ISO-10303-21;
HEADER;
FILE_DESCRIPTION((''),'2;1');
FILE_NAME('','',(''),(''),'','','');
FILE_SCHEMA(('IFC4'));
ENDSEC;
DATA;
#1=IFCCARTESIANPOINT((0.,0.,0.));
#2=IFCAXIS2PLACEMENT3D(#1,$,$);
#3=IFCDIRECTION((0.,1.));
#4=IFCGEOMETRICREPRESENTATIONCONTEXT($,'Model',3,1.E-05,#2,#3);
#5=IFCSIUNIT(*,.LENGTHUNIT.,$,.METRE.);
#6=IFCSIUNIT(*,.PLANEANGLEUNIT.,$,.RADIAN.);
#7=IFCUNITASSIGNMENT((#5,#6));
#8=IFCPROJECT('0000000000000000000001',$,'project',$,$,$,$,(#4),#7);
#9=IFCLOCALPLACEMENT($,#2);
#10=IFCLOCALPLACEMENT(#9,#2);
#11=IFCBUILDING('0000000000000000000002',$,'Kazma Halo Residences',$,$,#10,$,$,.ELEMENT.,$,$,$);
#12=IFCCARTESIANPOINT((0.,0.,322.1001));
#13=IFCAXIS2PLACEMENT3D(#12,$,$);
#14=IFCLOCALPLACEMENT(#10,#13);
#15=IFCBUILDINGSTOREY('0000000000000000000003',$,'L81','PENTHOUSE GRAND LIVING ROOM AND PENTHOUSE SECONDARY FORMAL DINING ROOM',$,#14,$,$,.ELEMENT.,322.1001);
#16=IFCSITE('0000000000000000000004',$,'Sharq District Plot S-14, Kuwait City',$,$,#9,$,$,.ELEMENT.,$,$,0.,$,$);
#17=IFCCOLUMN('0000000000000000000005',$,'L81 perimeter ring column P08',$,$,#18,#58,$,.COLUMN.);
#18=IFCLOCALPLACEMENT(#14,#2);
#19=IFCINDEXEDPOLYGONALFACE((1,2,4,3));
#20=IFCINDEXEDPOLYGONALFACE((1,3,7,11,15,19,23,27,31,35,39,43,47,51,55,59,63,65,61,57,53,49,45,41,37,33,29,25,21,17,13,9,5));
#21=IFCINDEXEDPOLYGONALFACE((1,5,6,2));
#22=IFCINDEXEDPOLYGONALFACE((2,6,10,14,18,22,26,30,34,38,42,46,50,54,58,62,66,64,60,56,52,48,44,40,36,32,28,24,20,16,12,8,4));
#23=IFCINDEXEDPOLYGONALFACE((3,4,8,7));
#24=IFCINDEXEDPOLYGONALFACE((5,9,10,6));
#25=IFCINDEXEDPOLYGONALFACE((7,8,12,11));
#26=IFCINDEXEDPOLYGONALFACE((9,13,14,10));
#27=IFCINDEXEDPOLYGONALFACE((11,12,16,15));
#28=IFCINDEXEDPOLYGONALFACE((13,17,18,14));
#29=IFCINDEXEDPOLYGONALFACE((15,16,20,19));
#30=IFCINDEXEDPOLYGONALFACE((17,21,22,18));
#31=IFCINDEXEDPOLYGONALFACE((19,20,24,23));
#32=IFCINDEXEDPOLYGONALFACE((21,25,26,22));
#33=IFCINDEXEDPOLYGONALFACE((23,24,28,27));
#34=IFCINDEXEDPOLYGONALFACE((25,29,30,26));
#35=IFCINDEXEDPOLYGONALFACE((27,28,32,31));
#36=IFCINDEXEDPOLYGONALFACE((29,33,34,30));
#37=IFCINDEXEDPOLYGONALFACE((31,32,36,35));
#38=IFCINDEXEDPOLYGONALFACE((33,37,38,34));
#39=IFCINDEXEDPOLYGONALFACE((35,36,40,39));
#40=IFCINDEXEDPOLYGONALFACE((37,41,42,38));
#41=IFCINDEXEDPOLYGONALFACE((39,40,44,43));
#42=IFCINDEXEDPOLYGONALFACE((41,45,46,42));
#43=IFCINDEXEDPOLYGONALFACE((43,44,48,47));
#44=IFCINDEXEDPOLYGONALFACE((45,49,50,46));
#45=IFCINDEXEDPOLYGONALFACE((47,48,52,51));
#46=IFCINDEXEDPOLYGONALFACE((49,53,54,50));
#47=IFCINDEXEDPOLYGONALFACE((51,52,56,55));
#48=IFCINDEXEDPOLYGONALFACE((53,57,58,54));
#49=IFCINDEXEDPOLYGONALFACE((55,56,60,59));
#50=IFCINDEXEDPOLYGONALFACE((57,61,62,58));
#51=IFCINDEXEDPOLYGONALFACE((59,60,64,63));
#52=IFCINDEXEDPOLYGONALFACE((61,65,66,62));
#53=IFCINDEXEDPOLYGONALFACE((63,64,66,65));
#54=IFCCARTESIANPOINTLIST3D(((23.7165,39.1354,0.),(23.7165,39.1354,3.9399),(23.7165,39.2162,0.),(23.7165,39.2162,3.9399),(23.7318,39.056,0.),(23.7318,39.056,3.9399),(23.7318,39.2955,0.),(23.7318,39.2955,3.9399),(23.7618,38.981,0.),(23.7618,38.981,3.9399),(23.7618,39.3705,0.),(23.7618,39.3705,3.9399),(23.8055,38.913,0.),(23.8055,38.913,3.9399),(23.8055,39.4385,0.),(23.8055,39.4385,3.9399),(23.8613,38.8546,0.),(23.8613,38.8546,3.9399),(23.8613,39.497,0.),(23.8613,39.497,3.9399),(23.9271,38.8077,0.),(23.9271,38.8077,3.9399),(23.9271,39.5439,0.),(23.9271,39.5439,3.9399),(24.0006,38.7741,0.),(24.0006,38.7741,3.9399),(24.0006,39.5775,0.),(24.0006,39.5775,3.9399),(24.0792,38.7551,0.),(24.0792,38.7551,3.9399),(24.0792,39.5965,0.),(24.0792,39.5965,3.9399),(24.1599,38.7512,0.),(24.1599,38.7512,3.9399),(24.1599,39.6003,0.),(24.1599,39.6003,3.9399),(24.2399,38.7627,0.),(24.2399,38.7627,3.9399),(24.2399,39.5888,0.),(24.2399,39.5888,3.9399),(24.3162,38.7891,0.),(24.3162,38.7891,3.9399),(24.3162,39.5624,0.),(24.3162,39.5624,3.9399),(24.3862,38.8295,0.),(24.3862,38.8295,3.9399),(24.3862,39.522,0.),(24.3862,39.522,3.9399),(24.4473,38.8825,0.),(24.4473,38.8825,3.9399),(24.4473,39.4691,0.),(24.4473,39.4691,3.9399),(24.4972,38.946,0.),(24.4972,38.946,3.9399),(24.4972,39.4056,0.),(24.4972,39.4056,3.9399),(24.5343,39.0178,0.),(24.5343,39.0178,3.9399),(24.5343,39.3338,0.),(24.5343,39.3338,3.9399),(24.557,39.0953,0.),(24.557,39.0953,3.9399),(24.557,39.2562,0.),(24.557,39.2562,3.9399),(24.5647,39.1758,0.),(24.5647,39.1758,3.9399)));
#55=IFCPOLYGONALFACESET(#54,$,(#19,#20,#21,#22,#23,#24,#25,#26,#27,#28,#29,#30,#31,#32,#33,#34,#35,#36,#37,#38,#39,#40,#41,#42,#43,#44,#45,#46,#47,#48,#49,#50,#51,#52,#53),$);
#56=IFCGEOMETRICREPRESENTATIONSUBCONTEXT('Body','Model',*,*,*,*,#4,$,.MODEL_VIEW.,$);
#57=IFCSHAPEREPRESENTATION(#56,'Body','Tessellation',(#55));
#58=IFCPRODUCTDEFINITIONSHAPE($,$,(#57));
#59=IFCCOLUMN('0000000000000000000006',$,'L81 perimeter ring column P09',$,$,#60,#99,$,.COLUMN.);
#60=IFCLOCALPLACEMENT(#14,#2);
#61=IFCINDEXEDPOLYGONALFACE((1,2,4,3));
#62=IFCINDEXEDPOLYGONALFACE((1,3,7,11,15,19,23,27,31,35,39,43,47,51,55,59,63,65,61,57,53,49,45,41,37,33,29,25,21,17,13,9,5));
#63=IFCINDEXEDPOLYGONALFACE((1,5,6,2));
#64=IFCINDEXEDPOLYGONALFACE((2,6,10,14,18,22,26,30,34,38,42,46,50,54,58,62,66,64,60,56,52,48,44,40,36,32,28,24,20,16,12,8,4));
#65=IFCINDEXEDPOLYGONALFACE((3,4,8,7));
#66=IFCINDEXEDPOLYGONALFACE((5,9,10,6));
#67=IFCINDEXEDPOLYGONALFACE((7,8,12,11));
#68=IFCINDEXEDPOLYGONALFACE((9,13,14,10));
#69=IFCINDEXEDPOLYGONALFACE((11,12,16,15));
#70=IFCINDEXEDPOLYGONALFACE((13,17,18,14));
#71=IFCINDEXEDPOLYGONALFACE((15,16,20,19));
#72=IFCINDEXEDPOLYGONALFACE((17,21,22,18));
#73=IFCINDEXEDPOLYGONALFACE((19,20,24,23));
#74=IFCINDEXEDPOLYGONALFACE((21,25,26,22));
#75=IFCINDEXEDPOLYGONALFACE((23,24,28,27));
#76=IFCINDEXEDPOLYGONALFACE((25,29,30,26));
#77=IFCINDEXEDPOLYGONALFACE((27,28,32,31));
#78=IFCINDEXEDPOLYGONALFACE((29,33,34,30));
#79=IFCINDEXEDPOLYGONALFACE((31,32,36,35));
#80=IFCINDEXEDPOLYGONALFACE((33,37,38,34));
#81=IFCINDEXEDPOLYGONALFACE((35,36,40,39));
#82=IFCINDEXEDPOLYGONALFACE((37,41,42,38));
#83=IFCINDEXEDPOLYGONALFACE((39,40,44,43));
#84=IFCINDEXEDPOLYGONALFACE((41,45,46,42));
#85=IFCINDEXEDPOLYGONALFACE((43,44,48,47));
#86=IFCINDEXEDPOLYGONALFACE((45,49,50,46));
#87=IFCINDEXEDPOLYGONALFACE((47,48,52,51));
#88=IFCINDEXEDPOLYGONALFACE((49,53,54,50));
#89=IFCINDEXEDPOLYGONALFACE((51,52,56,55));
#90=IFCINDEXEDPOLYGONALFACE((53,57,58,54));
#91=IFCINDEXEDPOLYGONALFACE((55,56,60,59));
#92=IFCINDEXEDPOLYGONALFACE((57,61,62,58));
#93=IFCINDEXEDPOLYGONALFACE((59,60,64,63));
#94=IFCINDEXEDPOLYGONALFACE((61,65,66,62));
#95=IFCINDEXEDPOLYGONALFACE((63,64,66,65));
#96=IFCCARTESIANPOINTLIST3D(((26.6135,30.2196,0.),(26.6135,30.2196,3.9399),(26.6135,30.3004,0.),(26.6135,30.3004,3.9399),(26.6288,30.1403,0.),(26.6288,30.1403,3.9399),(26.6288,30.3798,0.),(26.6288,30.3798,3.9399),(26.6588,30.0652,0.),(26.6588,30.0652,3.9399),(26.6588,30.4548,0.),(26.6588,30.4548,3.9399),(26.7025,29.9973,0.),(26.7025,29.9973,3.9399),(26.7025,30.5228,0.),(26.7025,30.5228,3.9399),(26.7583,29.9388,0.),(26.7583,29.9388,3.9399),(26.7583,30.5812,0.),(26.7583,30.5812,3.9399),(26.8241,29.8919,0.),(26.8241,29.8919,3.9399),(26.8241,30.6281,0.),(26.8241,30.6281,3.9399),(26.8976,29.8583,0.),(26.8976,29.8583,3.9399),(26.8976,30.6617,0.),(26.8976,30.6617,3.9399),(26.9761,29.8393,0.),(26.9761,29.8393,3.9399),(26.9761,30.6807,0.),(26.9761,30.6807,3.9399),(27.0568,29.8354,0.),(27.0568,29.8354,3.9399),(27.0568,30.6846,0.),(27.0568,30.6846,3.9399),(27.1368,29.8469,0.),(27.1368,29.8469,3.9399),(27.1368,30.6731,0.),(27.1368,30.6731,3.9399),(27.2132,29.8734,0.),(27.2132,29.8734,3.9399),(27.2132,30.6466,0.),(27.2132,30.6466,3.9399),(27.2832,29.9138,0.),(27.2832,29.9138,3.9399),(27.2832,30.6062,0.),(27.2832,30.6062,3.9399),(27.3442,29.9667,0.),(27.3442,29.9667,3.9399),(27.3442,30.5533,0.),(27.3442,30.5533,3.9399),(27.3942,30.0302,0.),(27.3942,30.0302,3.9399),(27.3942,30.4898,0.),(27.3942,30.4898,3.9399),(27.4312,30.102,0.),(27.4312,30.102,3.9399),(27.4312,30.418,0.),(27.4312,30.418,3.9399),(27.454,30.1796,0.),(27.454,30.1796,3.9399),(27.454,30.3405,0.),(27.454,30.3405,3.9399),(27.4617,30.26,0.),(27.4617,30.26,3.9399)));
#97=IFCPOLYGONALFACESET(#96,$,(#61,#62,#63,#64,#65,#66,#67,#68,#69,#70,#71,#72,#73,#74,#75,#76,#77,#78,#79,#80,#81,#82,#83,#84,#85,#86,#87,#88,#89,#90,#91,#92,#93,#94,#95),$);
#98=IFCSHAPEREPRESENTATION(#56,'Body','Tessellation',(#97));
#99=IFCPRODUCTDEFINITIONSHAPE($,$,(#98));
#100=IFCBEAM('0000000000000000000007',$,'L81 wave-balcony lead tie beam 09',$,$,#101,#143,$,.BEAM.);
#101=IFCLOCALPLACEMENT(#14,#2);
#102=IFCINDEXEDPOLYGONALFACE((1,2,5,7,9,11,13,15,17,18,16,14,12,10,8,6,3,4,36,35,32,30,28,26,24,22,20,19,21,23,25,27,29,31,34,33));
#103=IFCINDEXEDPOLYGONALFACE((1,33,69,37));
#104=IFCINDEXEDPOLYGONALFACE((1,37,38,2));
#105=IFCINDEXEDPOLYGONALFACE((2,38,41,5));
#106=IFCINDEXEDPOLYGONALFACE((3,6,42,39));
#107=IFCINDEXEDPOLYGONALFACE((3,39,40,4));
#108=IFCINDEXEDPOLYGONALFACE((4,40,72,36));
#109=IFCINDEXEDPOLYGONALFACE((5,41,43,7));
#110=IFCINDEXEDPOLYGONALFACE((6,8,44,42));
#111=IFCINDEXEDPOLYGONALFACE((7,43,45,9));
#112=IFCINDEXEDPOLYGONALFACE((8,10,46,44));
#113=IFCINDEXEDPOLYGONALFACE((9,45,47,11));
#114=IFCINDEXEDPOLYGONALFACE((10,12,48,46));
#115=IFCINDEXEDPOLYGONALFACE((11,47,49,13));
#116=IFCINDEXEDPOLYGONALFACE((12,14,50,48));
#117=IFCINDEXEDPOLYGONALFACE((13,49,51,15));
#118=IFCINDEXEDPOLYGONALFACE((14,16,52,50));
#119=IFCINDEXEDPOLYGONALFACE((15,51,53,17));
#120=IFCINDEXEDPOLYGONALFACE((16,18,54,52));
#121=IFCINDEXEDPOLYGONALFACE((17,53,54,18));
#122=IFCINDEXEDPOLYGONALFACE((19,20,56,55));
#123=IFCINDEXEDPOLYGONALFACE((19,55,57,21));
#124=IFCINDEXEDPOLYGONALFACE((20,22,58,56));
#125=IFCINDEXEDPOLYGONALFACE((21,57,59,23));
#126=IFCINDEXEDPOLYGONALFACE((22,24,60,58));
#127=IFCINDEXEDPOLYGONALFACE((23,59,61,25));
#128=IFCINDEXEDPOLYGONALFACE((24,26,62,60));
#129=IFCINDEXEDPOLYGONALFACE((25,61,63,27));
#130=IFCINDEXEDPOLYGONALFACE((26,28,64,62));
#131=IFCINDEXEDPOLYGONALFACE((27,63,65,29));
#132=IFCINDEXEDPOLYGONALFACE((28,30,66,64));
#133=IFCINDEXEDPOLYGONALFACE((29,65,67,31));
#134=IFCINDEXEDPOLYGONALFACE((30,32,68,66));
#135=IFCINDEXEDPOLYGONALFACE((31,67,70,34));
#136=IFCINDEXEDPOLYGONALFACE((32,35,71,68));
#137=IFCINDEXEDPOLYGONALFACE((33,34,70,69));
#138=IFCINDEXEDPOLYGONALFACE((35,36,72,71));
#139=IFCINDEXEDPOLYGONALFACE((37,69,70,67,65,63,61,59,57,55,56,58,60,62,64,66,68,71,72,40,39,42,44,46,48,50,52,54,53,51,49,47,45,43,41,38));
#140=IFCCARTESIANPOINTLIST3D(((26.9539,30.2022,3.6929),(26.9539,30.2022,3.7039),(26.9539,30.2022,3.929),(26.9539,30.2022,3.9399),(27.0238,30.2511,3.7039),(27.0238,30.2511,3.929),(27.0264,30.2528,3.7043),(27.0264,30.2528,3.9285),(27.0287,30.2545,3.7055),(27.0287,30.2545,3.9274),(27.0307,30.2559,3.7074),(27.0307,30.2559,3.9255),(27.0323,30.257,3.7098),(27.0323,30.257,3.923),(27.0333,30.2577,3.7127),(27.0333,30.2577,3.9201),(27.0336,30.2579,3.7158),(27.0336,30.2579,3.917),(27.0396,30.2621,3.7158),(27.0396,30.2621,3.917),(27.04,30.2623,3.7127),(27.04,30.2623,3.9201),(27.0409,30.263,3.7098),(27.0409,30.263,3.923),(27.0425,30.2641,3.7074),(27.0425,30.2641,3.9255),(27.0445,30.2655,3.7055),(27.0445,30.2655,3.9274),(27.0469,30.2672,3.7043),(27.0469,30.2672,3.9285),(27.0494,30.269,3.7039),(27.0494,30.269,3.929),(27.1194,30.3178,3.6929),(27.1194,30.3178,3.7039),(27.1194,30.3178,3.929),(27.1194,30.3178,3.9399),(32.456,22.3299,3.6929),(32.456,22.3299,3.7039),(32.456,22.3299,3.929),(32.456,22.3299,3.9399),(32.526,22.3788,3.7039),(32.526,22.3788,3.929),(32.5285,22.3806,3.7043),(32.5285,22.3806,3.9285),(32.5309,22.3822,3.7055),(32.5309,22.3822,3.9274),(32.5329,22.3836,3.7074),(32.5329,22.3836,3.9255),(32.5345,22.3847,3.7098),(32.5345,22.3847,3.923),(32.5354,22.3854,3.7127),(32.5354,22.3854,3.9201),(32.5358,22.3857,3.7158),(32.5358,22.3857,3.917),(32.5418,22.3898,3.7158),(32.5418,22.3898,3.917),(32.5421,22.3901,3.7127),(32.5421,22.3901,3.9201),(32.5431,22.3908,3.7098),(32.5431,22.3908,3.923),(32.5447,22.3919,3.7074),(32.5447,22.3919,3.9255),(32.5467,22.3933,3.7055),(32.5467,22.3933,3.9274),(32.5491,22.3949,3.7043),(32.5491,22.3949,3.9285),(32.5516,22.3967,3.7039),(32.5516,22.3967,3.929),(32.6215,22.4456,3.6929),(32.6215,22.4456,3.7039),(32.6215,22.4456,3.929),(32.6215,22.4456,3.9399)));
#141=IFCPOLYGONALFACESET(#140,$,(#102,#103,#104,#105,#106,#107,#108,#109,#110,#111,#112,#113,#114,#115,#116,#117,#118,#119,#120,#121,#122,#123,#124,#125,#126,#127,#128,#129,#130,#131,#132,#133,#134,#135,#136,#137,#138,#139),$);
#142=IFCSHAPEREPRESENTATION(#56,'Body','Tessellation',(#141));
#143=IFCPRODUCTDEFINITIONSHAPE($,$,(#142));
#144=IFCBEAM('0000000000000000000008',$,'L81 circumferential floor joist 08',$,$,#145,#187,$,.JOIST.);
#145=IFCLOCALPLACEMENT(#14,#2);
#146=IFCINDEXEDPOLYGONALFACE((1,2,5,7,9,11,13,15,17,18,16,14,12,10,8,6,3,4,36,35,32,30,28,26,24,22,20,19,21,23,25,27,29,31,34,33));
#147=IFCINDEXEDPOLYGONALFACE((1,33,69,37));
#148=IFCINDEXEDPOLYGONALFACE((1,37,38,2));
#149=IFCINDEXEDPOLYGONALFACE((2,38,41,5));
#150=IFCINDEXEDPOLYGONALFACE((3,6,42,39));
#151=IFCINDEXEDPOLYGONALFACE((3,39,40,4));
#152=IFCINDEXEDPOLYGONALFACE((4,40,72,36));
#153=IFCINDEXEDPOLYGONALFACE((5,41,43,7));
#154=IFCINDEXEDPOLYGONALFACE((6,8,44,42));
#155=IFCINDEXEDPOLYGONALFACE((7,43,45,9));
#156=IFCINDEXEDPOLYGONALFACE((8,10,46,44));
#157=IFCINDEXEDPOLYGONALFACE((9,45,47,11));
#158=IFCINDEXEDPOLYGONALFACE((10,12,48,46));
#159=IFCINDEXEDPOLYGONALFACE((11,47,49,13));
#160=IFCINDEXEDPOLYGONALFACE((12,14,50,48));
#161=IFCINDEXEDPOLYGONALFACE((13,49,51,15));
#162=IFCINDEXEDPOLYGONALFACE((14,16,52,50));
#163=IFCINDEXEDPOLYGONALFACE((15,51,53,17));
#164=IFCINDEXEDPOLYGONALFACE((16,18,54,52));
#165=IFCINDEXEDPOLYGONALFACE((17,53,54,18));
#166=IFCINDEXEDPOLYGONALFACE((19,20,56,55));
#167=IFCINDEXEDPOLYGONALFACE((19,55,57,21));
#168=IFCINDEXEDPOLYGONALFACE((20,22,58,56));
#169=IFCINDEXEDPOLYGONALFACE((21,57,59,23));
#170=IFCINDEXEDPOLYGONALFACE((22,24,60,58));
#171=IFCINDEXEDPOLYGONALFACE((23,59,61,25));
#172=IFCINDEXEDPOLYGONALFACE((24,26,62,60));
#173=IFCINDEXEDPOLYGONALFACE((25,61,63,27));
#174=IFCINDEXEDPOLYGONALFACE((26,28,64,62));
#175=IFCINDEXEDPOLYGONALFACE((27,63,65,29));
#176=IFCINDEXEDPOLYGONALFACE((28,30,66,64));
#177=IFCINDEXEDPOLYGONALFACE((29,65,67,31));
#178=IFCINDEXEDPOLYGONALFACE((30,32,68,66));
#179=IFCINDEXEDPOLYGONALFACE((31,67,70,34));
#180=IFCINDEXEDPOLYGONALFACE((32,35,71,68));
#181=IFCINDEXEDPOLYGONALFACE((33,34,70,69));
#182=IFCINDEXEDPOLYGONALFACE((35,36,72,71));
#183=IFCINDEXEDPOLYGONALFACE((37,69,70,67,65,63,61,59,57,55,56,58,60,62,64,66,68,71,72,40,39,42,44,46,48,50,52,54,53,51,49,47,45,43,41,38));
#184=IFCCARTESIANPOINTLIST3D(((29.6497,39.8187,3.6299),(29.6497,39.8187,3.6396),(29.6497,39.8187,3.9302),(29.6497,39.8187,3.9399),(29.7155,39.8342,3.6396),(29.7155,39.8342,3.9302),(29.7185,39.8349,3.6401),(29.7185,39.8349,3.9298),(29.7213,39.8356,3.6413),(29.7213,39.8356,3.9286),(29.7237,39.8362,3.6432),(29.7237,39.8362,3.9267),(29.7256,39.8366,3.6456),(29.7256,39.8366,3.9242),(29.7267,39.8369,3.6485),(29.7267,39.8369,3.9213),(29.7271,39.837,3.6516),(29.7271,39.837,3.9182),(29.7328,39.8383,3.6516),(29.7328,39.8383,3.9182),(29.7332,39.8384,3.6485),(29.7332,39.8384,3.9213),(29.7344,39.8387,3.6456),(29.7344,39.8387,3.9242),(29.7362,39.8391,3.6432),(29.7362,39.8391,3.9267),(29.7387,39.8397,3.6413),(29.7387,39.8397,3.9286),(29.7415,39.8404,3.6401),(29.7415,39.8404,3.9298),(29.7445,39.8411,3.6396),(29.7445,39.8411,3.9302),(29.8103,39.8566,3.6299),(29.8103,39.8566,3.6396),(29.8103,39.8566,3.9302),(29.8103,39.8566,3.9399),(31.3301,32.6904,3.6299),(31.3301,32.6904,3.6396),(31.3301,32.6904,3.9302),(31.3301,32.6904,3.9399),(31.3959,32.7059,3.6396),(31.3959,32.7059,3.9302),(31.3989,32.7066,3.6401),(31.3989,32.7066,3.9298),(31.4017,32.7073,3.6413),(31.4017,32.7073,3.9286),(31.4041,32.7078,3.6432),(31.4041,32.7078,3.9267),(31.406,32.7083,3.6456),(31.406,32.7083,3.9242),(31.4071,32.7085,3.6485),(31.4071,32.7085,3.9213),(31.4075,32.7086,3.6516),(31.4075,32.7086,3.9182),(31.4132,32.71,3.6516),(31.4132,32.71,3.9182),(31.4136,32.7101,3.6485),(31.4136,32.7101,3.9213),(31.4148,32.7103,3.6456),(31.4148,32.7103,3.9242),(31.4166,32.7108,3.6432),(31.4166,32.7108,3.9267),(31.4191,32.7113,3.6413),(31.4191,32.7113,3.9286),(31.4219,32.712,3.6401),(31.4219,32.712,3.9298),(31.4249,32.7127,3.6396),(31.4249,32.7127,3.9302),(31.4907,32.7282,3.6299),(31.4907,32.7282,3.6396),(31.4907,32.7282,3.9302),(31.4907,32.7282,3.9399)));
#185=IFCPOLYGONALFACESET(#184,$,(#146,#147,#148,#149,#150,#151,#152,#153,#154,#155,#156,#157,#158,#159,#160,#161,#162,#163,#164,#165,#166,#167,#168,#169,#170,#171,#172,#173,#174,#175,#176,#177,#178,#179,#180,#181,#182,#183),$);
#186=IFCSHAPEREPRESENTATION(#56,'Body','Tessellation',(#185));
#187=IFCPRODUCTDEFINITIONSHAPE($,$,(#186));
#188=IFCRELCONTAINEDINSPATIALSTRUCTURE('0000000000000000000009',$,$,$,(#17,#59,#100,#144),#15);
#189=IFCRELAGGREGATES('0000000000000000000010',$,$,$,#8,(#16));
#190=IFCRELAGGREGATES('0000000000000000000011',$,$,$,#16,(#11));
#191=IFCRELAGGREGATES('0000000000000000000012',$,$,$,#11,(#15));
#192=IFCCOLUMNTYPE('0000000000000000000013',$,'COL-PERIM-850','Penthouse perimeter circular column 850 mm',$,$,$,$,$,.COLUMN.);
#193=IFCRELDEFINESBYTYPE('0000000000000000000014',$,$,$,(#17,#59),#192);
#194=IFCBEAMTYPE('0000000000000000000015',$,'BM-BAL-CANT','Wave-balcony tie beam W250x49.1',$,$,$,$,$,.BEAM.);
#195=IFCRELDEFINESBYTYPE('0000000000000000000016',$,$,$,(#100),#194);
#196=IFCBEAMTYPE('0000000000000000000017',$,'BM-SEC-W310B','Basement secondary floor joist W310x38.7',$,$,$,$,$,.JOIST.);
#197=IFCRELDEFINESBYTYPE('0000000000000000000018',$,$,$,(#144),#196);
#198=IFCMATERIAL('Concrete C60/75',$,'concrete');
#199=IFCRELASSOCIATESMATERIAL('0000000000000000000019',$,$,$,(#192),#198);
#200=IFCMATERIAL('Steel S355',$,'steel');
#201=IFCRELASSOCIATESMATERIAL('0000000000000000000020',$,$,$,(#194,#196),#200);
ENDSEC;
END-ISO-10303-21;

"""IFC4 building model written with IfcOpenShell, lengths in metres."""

from ifc_helpers import new_model, si_unit, direction, frame, origin, origin_2d, place, context, subcontext, project, spatial, circle, i_section, extrude, material, material_profile, profile_set, type_object, element, save


model = new_model("IFC4")

# Units and contexts
model_context = context("Model", 3, precision=1e-05, world=origin(), true_north=direction((0.0, 1.0)))
body_context = subcontext(model_context, "Body", "Model", "MODEL_VIEW")
ifc_project = project(units=[si_unit("LENGTHUNIT", "METRE"), si_unit("PLANEANGLEUNIT", "RADIAN")], contexts=[model_context])

# Site, building, storey
site_placement = place(None, origin())
site = spatial("IfcSite", under=ifc_project, at=site_placement, Name="Sharq District Plot S-14, Kuwait City", CompositionType="ELEMENT", RefElevation=0.0)
building_placement = place(site_placement, origin())
building = spatial("IfcBuilding", under=site, at=building_placement, Name="Kazma Halo Residences", CompositionType="ELEMENT")
storey_placement = place(building_placement, frame((0.0, 0.0, 322.1001)))
storey = spatial("IfcBuildingStorey", under=building, at=storey_placement, Name="L81", Description="PENTHOUSE GRAND LIVING ROOM AND PENTHOUSE SECONDARY FORMAL DINING ROOM", CompositionType="ELEMENT", Elevation=322.1001)

# Columns
ifc_material_1 = material(Name="Concrete C60/75", Category="concrete")
ifc_material_profile_1 = material_profile(ifc_material_1, circle(Radius=0.425, at=origin_2d()), Name="CIRC850")
ifc_profile_set_1 = profile_set([ifc_material_profile_1], Name="Concrete C60/75")
column_type = type_object("IfcColumnType", Name="COL-PERIM-850", Description="Penthouse perimeter circular column 850 mm", PredefinedType="COLUMN", material=ifc_profile_set_1)
for number, where, z_axis, x_axis, name in (
    (1, (24.1396, 39.1758, 0.0), (0.0, 0.0, 1.0), (1.0, 0.0, 0.0), "L81 perimeter ring column P08"),
    (2, (27.0366, 30.26, 0.0), (0.0, 0.0, 1.0), (1.0, 0.0, 0.0), "L81 perimeter ring column P09"),
):
    element("IfcColumn", number, at=place(storey_placement, frame(where, z_axis=z_axis, x_axis=x_axis)), inside=storey, type_object=column_type, Name=name, PredefinedType="COLUMN", context=body_context, shape_type="SweptSolid", body=[
        extrude(circle(Radius=0.425, at=origin_2d()), origin(), (0.0, 0.0, 1.0), 3.9399),
    ])

# Beams
ifc_material_2 = material(Name="Steel S355", Category="steel")
ifc_material_profile_2 = material_profile(ifc_material_2, i_section(OverallWidth=0.2019, OverallDepth=0.2471, WebThickness=0.0073, FlangeThickness=0.011, FilletRadius=0.012, at=origin_2d()), Name="W250x49.1")
ifc_profile_set_2 = profile_set([ifc_material_profile_2], Name="Steel S355")
beam_type_1 = type_object("IfcBeamType", Name="BM-BAL-CANT", Description="Wave-balcony tie beam W250x49.1", PredefinedType="BEAM", material=ifc_profile_set_2)
beam_1_placement = place(storey_placement, frame((27.0366, 30.26, 3.8164), z_axis=(0.572874, -0.819644, 0.0), x_axis=(0.819644, 0.572874, 0.0)))
element("IfcBeam", 3, at=beam_1_placement, inside=storey, type_object=beam_type_1, Name="L81 wave-balcony lead tie beam 09", PredefinedType="BEAM", context=body_context, shape_type="SweptSolid", body=[
    extrude(i_section(OverallWidth=0.2019, OverallDepth=0.2471, WebThickness=0.0073, FlangeThickness=0.011, FilletRadius=0.012, at=origin_2d()), origin(), (0.0, 0.0, 1.0), 9.6045),
])
ifc_material_profile_3 = material_profile(ifc_material_2, i_section(OverallWidth=0.165, OverallDepth=0.3101, WebThickness=0.0059, FlangeThickness=0.0098, FilletRadius=0.012, at=origin_2d()), Name="W310x38.7")
ifc_profile_set_3 = profile_set([ifc_material_profile_3], Name="Steel S355")
beam_type_2 = type_object("IfcBeamType", Name="BM-SEC-W310B", Description="Basement secondary floor joist W310x38.7", PredefinedType="JOIST", material=ifc_profile_set_3)
beam_2_placement = place(storey_placement, frame((29.73, 39.8376, 3.7849), z_axis=(0.229446, -0.973321, 0.0), x_axis=(0.973321, 0.229446, 0.0)))
element("IfcBeam", 4, at=beam_2_placement, inside=storey, type_object=beam_type_2, Name="L81 circumferential floor joist 08", PredefinedType="JOIST", context=body_context, shape_type="SweptSolid", body=[
    extrude(i_section(OverallWidth=0.165, OverallDepth=0.3101, WebThickness=0.0059, FlangeThickness=0.0098, FilletRadius=0.012, at=origin_2d()), origin(), (0.0, 0.0, 1.0), 7.3237),
])

save(model, "model.ifc")
